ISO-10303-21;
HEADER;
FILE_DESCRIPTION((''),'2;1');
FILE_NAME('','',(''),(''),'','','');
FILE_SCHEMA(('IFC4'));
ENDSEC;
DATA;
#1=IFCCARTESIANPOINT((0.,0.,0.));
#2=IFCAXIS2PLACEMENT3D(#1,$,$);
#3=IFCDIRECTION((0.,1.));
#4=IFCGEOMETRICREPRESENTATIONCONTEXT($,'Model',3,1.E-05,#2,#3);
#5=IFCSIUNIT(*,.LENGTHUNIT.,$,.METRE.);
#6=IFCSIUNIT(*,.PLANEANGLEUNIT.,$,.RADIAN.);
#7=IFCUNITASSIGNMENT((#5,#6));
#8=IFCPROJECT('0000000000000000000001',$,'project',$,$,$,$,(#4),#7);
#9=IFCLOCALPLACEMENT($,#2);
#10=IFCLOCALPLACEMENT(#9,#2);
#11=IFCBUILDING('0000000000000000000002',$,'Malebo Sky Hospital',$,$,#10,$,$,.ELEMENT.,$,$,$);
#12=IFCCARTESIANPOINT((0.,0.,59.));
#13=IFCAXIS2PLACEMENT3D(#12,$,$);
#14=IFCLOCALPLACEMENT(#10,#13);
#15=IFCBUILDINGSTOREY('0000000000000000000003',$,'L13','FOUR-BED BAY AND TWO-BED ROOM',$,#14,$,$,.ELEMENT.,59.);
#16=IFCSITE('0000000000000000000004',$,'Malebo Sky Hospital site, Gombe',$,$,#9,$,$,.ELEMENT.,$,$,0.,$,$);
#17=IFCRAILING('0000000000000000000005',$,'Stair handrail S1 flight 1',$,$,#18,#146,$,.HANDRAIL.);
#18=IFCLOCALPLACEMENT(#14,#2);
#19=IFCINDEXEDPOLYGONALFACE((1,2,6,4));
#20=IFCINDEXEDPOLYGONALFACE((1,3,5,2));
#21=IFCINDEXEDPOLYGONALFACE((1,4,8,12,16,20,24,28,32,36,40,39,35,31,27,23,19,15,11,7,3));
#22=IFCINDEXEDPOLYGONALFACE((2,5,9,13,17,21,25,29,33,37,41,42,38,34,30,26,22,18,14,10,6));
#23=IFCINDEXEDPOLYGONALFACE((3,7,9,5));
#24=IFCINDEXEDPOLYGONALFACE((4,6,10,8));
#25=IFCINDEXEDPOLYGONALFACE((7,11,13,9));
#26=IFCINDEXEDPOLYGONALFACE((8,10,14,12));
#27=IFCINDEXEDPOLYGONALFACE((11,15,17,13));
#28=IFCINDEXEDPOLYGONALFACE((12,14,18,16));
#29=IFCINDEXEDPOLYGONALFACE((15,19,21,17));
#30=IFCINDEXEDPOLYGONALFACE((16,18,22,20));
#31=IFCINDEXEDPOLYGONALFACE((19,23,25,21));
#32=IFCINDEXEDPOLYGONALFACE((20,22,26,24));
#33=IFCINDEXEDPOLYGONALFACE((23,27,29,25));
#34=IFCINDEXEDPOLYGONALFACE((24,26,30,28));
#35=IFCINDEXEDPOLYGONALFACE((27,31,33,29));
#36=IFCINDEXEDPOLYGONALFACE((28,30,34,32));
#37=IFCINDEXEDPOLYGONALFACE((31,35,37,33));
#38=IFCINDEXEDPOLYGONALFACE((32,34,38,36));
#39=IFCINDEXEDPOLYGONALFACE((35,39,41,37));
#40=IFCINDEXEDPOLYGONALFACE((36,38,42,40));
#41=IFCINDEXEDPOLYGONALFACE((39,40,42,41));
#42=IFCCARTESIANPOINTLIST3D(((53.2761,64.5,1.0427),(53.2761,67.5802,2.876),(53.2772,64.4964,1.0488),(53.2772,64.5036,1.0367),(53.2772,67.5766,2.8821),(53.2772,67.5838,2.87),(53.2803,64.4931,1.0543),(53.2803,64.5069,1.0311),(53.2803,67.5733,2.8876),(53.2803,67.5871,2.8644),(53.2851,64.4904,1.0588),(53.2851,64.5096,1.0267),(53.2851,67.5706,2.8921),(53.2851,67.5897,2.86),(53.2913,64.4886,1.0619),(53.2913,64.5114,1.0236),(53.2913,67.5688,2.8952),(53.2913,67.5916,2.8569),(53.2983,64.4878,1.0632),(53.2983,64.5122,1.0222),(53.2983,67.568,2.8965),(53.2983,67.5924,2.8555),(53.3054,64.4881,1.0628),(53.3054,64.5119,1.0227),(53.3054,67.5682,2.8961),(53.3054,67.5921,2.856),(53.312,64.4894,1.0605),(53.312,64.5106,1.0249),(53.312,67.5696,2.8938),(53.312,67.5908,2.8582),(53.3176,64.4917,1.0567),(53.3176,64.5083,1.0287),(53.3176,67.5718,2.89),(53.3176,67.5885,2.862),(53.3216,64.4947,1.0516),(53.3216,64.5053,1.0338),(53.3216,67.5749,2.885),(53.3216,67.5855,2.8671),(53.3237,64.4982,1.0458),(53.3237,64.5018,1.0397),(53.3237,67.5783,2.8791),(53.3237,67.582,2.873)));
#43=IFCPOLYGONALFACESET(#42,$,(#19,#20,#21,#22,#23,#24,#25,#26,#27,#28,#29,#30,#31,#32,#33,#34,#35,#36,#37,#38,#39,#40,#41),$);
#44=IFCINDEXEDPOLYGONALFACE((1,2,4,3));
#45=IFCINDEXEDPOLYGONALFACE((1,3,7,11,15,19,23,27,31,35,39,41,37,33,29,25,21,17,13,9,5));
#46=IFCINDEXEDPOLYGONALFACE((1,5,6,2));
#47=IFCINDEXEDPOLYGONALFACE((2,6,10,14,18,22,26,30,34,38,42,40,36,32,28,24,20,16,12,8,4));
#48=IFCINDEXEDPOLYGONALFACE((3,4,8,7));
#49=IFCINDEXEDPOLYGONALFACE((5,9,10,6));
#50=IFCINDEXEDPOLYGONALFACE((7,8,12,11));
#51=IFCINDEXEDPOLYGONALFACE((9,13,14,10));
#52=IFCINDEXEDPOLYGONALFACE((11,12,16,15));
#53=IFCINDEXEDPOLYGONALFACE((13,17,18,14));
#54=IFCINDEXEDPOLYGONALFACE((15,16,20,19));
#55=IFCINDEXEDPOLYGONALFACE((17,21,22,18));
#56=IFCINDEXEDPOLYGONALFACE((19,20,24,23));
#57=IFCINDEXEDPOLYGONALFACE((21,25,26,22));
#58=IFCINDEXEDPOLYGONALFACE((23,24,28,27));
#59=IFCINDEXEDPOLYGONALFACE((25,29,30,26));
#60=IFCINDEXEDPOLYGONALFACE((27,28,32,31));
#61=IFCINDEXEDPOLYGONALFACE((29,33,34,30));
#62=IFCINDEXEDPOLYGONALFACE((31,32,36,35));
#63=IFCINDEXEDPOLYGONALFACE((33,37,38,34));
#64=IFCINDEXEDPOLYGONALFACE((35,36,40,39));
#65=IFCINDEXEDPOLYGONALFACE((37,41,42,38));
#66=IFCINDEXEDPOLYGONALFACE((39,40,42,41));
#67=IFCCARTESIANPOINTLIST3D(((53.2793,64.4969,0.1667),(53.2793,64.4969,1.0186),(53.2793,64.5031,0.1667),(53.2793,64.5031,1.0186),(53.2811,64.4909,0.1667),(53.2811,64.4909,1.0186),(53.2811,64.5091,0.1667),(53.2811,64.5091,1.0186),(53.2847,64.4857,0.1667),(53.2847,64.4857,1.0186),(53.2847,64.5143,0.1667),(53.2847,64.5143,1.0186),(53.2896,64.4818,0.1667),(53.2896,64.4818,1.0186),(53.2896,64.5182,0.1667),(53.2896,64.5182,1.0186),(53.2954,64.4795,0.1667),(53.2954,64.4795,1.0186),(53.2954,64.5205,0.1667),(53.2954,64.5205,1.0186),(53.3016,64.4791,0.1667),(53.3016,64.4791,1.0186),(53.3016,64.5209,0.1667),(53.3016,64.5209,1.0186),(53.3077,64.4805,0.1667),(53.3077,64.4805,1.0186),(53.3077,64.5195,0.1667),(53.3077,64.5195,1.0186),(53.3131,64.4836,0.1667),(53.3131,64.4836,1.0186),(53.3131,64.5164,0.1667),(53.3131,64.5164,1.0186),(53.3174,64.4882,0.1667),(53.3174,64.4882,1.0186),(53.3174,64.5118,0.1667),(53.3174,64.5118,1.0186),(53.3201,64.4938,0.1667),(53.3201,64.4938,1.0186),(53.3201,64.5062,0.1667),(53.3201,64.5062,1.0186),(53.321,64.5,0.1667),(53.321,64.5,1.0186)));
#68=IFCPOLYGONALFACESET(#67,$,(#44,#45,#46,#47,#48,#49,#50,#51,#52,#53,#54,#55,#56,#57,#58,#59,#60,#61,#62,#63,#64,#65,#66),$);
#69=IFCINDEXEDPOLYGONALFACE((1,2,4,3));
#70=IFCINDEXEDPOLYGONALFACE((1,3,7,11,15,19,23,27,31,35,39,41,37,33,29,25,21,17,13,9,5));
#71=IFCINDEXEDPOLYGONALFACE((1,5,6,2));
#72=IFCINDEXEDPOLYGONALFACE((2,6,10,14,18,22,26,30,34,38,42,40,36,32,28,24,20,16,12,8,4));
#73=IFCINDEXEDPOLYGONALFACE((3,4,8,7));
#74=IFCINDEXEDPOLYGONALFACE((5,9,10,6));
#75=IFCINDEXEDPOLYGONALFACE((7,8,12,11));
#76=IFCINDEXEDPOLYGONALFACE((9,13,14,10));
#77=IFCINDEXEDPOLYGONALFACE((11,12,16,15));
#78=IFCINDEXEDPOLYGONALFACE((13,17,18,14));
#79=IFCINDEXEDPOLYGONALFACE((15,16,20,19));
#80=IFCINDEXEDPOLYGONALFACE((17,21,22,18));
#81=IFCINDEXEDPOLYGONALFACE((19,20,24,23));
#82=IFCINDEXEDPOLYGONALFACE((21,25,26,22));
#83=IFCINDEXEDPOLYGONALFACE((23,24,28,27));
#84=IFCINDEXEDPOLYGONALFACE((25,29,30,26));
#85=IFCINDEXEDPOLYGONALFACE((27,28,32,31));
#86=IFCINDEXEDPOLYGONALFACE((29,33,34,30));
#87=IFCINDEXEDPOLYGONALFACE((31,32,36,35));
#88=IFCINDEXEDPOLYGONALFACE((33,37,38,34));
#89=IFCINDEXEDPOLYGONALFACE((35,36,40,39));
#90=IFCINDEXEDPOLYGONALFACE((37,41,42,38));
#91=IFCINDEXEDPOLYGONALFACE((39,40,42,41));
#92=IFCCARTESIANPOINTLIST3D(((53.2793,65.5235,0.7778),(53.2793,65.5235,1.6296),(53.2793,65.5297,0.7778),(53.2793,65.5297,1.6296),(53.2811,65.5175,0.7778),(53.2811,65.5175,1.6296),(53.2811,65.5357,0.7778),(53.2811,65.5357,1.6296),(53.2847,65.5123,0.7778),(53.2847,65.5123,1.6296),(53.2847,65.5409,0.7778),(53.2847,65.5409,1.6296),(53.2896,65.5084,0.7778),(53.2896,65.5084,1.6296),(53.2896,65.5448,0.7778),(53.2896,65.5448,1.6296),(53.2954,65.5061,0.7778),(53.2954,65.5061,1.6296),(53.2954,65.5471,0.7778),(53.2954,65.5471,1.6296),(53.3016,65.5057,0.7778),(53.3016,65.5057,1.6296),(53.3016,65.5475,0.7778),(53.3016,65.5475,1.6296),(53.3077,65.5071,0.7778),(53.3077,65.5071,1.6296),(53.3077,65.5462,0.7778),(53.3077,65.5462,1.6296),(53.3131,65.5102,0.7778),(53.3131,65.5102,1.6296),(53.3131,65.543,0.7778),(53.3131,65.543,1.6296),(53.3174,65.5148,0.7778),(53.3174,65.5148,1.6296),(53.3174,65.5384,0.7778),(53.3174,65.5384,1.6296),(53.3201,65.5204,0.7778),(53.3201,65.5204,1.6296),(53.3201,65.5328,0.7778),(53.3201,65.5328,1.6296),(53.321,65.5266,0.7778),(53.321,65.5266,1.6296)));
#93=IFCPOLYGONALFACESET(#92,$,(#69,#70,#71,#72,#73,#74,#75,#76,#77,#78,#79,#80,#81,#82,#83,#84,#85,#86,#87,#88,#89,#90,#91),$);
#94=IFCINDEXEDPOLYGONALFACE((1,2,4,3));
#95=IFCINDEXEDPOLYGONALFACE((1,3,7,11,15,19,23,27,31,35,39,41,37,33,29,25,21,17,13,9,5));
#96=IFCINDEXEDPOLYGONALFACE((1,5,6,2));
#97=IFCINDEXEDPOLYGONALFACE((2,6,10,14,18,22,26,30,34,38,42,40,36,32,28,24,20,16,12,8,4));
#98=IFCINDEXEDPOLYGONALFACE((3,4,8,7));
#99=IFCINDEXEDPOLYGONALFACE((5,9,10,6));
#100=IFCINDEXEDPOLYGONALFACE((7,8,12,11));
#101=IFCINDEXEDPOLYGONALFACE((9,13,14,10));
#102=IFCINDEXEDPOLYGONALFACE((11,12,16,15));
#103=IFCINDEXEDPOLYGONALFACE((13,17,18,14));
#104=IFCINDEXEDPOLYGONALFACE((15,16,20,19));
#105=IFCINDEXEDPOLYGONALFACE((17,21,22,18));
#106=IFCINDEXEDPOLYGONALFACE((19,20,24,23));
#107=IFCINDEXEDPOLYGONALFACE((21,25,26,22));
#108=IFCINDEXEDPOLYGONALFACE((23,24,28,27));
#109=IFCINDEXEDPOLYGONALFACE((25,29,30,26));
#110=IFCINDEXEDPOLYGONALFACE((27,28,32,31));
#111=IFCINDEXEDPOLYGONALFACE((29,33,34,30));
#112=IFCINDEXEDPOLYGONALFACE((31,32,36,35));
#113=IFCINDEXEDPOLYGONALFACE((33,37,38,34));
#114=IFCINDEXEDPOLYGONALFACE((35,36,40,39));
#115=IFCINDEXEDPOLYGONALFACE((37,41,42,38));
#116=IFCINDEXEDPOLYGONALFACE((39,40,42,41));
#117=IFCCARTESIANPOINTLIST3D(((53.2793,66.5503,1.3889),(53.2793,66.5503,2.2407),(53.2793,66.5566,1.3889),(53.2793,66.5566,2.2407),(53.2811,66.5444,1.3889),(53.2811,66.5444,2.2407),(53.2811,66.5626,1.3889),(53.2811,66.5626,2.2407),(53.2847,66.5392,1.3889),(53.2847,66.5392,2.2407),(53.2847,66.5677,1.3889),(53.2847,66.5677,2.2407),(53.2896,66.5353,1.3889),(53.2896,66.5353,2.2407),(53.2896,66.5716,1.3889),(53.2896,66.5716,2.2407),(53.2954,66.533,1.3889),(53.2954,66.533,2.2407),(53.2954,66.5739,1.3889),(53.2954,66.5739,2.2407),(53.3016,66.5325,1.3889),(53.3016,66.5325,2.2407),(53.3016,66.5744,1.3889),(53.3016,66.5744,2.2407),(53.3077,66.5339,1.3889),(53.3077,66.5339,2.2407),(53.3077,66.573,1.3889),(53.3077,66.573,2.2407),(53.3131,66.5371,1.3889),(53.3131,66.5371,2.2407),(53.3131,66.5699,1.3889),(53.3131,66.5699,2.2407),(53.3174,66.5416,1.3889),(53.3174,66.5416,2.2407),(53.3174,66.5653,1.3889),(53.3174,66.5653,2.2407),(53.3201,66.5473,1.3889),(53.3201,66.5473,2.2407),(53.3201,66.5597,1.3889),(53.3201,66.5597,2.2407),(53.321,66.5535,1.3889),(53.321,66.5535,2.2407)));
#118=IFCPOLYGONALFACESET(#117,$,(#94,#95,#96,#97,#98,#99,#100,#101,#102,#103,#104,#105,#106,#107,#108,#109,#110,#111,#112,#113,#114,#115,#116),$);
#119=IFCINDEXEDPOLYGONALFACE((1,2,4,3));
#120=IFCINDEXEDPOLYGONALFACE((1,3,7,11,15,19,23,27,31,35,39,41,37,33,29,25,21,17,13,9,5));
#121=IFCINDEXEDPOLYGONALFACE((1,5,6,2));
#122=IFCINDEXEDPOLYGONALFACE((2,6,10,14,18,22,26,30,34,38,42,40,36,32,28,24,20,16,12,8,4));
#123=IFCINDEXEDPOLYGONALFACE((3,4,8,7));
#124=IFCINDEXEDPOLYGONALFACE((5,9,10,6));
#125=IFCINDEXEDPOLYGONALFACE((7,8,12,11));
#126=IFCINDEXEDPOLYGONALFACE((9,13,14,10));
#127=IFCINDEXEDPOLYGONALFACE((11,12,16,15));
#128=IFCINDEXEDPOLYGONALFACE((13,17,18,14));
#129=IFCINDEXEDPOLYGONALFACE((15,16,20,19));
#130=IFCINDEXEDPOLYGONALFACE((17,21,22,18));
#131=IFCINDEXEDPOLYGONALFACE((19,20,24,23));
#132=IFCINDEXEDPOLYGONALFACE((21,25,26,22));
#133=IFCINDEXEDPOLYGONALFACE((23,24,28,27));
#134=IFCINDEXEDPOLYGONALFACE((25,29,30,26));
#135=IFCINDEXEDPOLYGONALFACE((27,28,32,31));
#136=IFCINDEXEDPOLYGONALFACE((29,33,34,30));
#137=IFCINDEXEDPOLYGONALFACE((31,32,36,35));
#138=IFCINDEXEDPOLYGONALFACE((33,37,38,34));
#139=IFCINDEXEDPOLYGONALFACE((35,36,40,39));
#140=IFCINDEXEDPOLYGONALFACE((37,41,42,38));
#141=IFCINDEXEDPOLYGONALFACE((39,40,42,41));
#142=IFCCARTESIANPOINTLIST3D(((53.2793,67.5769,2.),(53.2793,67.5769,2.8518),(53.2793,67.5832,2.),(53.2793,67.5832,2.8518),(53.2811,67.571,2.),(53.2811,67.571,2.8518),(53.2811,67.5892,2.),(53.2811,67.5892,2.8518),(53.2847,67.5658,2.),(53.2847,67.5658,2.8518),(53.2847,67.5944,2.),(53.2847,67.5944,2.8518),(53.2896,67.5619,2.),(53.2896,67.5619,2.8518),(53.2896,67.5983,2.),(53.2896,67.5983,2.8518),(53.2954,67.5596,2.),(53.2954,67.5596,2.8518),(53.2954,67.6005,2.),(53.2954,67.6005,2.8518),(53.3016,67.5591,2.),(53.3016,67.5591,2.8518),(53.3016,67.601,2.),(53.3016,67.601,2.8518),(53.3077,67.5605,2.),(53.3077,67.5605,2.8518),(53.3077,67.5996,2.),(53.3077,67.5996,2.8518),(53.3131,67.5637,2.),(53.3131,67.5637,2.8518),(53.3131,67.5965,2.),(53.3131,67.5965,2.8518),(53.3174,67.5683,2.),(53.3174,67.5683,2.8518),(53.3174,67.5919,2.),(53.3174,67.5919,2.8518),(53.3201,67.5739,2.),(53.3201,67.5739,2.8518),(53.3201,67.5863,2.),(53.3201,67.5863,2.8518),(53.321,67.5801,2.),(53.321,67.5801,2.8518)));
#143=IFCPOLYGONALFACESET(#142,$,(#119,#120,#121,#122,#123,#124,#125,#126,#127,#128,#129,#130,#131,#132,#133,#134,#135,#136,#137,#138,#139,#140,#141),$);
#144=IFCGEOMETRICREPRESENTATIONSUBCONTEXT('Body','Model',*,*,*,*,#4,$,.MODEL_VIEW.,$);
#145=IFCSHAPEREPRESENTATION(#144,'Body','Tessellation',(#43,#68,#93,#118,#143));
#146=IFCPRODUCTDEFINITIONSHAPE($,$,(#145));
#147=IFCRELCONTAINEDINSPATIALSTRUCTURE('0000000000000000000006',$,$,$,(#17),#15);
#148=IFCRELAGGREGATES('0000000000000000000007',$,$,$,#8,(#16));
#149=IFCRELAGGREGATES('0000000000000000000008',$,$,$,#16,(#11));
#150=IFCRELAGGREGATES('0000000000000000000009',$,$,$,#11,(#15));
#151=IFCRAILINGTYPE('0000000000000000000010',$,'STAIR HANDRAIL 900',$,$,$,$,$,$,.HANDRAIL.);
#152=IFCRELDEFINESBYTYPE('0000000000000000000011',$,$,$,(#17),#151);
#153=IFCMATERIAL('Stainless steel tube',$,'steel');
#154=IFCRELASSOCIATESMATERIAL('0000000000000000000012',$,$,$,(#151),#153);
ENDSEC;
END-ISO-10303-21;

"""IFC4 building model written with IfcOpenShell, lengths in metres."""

from ifc_helpers import new_model, si_unit, direction, frame, origin, origin_2d, place, context, subcontext, project, spatial, circle, extrude, material, type_object, element, save


model = new_model("IFC4")

# Units and contexts
model_context = context("Model", 3, precision=1e-05, world=origin(), true_north=direction((0.0, 1.0)))
body_context = subcontext(model_context, "Body", "Model", "MODEL_VIEW")
ifc_project = project(units=[si_unit("LENGTHUNIT", "METRE"), si_unit("PLANEANGLEUNIT", "RADIAN")], contexts=[model_context])

# Site, building, storey
site_placement = place(None, origin())
site = spatial("IfcSite", under=ifc_project, at=site_placement, Name="Malebo Sky Hospital site, Gombe", CompositionType="ELEMENT", RefElevation=0.0)
building_placement = place(site_placement, origin())
building = spatial("IfcBuilding", under=site, at=building_placement, Name="Malebo Sky Hospital", CompositionType="ELEMENT")
storey_placement = place(building_placement, frame((0.0, 0.0, 59.0)))
storey = spatial("IfcBuildingStorey", under=building, at=storey_placement, Name="L13", Description="FOUR-BED BAY AND TWO-BED ROOM", CompositionType="ELEMENT", Elevation=59.0)

# Railing
ifc_material_1 = material(Name="Stainless steel tube", Category="steel")
railing_type = type_object("IfcRailingType", Name="STAIR HANDRAIL 900", PredefinedType="HANDRAIL", material=ifc_material_1)
railing_1_placement = place(storey_placement, frame((53.3, 64.5, 0.1667)))
element("IfcRailing", 1, at=railing_1_placement, inside=storey, type_object=railing_type, Name="Stair handrail S1 flight 1", PredefinedType="HANDRAIL", context=body_context, shape_type="SweptSolid", body=[
    extrude(circle(Radius=0.0239, at=origin_2d()), frame((0.0, 0.0, 0.876), z_axis=(0.0, 0.859309, 0.511458), x_axis=(-1.0, 0.0, 0.0)), (0.0, 0.0, 1.0), 3.5845),
    extrude(circle(Radius=0.021, at=origin_2d()), origin(), (0.0, 0.0, 1.0), 0.8518),
    extrude(circle(Radius=0.021, at=origin_2d()), frame((0.0, 1.0266, 0.6111)), (0.0, 0.0, 1.0), 0.8518),
    extrude(circle(Radius=0.021, at=origin_2d()), frame((0.0, 2.0535, 1.2222)), (0.0, 0.0, 1.0), 0.8518),
    extrude(circle(Radius=0.021, at=origin_2d()), frame((0.0, 3.0801, 1.8333)), (0.0, 0.0, 1.0), 0.8518),
])

save(model, "model.ifc")
